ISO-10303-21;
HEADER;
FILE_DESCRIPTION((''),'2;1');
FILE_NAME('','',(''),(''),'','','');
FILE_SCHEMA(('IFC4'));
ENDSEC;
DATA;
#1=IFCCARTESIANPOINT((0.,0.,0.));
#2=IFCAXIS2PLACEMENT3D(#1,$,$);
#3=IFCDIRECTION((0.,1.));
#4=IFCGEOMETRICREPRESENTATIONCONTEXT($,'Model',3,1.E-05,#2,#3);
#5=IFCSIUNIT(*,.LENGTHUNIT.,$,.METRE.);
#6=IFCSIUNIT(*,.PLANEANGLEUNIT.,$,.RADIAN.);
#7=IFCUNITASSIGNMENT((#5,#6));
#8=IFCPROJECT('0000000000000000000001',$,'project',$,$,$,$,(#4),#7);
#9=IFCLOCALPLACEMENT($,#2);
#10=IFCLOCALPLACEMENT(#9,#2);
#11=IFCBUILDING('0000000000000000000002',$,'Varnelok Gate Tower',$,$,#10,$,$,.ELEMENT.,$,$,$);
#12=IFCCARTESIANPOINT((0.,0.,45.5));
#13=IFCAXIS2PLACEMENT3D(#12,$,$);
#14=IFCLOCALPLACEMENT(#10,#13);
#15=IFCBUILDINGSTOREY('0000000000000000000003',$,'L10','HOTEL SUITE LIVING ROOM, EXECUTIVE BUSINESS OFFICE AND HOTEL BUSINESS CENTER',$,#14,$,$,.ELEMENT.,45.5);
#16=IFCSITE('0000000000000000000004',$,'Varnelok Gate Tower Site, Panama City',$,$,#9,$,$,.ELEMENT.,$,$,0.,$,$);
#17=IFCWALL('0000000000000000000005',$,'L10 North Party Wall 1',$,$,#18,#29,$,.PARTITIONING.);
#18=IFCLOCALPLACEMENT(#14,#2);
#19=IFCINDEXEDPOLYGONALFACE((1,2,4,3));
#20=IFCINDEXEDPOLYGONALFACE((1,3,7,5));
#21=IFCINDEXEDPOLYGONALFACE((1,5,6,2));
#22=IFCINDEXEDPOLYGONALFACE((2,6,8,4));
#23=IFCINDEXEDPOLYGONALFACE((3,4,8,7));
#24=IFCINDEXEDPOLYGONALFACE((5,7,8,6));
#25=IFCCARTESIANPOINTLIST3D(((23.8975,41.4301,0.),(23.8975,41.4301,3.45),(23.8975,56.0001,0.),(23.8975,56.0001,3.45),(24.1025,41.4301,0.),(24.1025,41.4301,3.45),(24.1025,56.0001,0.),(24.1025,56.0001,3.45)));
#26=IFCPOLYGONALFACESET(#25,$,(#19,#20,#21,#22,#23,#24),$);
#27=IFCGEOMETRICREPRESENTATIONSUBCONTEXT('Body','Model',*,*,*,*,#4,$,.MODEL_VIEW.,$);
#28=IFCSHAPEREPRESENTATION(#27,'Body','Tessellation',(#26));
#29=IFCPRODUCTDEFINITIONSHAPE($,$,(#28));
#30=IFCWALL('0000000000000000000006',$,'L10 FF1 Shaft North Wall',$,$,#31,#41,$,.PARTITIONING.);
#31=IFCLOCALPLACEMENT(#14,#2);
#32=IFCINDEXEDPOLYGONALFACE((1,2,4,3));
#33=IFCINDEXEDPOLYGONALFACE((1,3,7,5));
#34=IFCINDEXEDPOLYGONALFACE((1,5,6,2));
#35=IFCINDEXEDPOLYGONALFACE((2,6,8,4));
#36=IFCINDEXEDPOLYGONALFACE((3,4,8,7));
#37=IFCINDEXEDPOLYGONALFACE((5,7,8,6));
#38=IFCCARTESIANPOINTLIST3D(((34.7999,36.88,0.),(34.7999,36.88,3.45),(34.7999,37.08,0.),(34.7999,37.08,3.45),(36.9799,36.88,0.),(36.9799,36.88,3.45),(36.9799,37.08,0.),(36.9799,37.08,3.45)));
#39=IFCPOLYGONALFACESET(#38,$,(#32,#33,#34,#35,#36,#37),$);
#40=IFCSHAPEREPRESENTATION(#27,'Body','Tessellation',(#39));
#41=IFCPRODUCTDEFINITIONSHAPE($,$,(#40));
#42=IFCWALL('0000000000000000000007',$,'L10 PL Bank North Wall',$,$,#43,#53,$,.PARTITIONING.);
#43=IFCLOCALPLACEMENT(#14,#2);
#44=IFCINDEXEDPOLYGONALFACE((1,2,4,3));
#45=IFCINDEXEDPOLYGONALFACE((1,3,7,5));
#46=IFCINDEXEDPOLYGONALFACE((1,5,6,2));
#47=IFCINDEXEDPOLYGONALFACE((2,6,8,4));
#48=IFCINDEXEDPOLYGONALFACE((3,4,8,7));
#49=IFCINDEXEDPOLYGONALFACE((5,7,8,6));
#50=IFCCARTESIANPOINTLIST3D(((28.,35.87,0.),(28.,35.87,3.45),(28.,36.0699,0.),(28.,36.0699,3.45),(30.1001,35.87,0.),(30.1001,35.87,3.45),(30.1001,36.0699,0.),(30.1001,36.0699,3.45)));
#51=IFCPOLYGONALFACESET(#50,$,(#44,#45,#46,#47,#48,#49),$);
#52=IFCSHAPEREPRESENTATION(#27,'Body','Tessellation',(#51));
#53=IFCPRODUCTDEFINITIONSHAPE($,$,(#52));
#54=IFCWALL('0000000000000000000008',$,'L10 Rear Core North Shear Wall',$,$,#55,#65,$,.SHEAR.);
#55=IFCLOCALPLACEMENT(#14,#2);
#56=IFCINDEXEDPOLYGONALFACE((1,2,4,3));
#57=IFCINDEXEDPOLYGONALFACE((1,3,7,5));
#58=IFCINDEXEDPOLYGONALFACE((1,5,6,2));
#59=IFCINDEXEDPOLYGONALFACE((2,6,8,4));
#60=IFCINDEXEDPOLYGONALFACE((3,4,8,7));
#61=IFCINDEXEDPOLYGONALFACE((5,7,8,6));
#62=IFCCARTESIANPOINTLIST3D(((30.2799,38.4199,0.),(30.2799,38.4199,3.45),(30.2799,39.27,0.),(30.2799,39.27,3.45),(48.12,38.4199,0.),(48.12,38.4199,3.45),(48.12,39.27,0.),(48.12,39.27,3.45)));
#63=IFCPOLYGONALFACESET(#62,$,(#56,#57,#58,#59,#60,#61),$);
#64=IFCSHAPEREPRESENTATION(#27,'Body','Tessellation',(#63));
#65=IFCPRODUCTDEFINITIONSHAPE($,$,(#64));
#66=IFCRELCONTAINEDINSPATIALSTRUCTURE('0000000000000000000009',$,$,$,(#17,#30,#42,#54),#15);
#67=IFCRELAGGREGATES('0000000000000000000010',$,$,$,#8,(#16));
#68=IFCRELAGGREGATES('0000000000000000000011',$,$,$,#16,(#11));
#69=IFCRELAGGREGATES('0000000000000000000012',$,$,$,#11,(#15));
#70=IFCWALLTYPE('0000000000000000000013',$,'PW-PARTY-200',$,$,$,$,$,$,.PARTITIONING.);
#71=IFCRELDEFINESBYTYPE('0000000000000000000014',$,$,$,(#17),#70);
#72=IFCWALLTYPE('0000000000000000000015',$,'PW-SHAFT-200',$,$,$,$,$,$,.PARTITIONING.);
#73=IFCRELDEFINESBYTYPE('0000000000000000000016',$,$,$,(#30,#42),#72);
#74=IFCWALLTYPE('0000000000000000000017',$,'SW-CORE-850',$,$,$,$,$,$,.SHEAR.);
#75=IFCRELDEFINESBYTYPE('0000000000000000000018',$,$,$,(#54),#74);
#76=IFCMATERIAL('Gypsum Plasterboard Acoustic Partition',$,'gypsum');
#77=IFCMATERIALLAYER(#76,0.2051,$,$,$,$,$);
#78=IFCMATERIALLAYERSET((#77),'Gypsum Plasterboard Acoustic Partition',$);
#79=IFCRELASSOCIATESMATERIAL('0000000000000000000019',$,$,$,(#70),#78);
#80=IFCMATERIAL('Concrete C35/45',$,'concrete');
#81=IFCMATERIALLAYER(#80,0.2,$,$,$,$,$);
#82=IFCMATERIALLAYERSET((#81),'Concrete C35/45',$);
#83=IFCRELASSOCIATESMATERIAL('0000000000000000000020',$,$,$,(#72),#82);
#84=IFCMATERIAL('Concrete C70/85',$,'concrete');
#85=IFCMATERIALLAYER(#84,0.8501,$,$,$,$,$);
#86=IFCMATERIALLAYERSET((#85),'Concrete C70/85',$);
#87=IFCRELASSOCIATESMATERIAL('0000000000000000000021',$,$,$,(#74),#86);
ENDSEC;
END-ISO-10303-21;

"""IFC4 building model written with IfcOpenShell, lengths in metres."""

from ifc_helpers import new_model, si_unit, direction, frame, frame_2d, origin, place, context, subcontext, project, spatial, rectangle, extrude, material, layer, layer_set, type_object, element, save


model = new_model("IFC4")

# Units and contexts
model_context = context("Model", 3, precision=1e-05, world=origin(), true_north=direction((0.0, 1.0)))
body_context = subcontext(model_context, "Body", "Model", "MODEL_VIEW")
ifc_project = project(units=[si_unit("LENGTHUNIT", "METRE"), si_unit("PLANEANGLEUNIT", "RADIAN")], contexts=[model_context])

# Site, building, storey
site_placement = place(None, origin())
site = spatial("IfcSite", under=ifc_project, at=site_placement, Name="Varnelok Gate Tower Site, Panama City", CompositionType="ELEMENT", RefElevation=0.0)
building_placement = place(site_placement, origin())
building = spatial("IfcBuilding", under=site, at=building_placement, Name="Varnelok Gate Tower", CompositionType="ELEMENT")
storey_placement = place(building_placement, frame((0.0, 0.0, 45.5)))
storey = spatial("IfcBuildingStorey", under=building, at=storey_placement, Name="L10", Description="HOTEL SUITE LIVING ROOM, EXECUTIVE BUSINESS OFFICE AND HOTEL BUSINESS CENTER", CompositionType="ELEMENT", Elevation=45.5)

# Shared definitions
ifc_material_1 = material(Name="Concrete C70/85", Category="concrete")

# Shared definitions
ifc_material_2 = material(Name="Gypsum Plasterboard Acoustic Partition", Category="gypsum")

# Walls
ifc_layer_1 = layer(ifc_material_2, 0.2051)
ifc_layer_set_1 = layer_set([ifc_layer_1], Name="Gypsum Plasterboard Acoustic Partition")
wall_type_1 = type_object("IfcWallType", Name="PW-PARTY-200", PredefinedType="PARTITIONING", material=ifc_layer_set_1)
wall_1_placement = place(storey_placement, frame((24.0, 41.4299, 0.0), z_axis=(0.0, 0.0, 1.0), x_axis=(0.0, 1.0, 0.0)))
element("IfcWall", 1, at=wall_1_placement, inside=storey, type_object=wall_type_1, Name="L10 North Party Wall 1", PredefinedType="PARTITIONING", context=body_context, shape_type="SweptSolid", body=[
    extrude(rectangle(XDim=14.5701, YDim=0.2051, at=frame_2d((7.2852, 0.0))), origin(), (0.0, 0.0, 1.0), 3.45),
])
ifc_material_3 = material(Name="Concrete C35/45", Category="concrete")
ifc_layer_2 = layer(ifc_material_3, 0.2)
ifc_layer_set_2 = layer_set([ifc_layer_2], Name="Concrete C35/45")
wall_type_2 = type_object("IfcWallType", Name="PW-SHAFT-200", PredefinedType="PARTITIONING", material=ifc_layer_set_2)
wall_2_placement = place(storey_placement, frame((34.8, 36.98, 0.0), z_axis=(0.0, 0.0, 1.0), x_axis=(1.0, 0.0, 0.0)))
element("IfcWall", 2, at=wall_2_placement, inside=storey, type_object=wall_type_2, Name="L10 FF1 Shaft North Wall", PredefinedType="PARTITIONING", context=body_context, shape_type="SweptSolid", body=[
    extrude(rectangle(XDim=2.1799, YDim=0.2, at=frame_2d((1.0898, 0.0))), origin(), (0.0, 0.0, 1.0), 3.45),
])
wall_3_placement = place(storey_placement, frame((28.0, 35.97, 0.0), z_axis=(0.0, 0.0, 1.0), x_axis=(1.0, 0.0, 0.0)))
element("IfcWall", 3, at=wall_3_placement, inside=storey, type_object=wall_type_2, Name="L10 PL Bank North Wall", PredefinedType="PARTITIONING", context=body_context, shape_type="SweptSolid", body=[
    extrude(rectangle(XDim=2.1001, YDim=0.2, at=frame_2d((1.05, 0.0))), origin(), (0.0, 0.0, 1.0), 3.45),
])
ifc_layer_3 = layer(ifc_material_1, 0.8501)
ifc_layer_set_3 = layer_set([ifc_layer_3], Name="Concrete C70/85")
wall_type_3 = type_object("IfcWallType", Name="SW-CORE-850", PredefinedType="SHEAR", material=ifc_layer_set_3)
wall_4_placement = place(storey_placement, frame((30.28, 38.845, 0.0), z_axis=(0.0, 0.0, 1.0), x_axis=(1.0, 0.0, 0.0)))
element("IfcWall", 4, at=wall_4_placement, inside=storey, type_object=wall_type_3, Name="L10 Rear Core North Shear Wall", PredefinedType="SHEAR", context=body_context, shape_type="SweptSolid", body=[
    extrude(rectangle(XDim=17.8401, YDim=0.8501, at=frame_2d((8.9199, 0.0))), origin(), (0.0, 0.0, 1.0), 3.45),
])

save(model, "model.ifc")
